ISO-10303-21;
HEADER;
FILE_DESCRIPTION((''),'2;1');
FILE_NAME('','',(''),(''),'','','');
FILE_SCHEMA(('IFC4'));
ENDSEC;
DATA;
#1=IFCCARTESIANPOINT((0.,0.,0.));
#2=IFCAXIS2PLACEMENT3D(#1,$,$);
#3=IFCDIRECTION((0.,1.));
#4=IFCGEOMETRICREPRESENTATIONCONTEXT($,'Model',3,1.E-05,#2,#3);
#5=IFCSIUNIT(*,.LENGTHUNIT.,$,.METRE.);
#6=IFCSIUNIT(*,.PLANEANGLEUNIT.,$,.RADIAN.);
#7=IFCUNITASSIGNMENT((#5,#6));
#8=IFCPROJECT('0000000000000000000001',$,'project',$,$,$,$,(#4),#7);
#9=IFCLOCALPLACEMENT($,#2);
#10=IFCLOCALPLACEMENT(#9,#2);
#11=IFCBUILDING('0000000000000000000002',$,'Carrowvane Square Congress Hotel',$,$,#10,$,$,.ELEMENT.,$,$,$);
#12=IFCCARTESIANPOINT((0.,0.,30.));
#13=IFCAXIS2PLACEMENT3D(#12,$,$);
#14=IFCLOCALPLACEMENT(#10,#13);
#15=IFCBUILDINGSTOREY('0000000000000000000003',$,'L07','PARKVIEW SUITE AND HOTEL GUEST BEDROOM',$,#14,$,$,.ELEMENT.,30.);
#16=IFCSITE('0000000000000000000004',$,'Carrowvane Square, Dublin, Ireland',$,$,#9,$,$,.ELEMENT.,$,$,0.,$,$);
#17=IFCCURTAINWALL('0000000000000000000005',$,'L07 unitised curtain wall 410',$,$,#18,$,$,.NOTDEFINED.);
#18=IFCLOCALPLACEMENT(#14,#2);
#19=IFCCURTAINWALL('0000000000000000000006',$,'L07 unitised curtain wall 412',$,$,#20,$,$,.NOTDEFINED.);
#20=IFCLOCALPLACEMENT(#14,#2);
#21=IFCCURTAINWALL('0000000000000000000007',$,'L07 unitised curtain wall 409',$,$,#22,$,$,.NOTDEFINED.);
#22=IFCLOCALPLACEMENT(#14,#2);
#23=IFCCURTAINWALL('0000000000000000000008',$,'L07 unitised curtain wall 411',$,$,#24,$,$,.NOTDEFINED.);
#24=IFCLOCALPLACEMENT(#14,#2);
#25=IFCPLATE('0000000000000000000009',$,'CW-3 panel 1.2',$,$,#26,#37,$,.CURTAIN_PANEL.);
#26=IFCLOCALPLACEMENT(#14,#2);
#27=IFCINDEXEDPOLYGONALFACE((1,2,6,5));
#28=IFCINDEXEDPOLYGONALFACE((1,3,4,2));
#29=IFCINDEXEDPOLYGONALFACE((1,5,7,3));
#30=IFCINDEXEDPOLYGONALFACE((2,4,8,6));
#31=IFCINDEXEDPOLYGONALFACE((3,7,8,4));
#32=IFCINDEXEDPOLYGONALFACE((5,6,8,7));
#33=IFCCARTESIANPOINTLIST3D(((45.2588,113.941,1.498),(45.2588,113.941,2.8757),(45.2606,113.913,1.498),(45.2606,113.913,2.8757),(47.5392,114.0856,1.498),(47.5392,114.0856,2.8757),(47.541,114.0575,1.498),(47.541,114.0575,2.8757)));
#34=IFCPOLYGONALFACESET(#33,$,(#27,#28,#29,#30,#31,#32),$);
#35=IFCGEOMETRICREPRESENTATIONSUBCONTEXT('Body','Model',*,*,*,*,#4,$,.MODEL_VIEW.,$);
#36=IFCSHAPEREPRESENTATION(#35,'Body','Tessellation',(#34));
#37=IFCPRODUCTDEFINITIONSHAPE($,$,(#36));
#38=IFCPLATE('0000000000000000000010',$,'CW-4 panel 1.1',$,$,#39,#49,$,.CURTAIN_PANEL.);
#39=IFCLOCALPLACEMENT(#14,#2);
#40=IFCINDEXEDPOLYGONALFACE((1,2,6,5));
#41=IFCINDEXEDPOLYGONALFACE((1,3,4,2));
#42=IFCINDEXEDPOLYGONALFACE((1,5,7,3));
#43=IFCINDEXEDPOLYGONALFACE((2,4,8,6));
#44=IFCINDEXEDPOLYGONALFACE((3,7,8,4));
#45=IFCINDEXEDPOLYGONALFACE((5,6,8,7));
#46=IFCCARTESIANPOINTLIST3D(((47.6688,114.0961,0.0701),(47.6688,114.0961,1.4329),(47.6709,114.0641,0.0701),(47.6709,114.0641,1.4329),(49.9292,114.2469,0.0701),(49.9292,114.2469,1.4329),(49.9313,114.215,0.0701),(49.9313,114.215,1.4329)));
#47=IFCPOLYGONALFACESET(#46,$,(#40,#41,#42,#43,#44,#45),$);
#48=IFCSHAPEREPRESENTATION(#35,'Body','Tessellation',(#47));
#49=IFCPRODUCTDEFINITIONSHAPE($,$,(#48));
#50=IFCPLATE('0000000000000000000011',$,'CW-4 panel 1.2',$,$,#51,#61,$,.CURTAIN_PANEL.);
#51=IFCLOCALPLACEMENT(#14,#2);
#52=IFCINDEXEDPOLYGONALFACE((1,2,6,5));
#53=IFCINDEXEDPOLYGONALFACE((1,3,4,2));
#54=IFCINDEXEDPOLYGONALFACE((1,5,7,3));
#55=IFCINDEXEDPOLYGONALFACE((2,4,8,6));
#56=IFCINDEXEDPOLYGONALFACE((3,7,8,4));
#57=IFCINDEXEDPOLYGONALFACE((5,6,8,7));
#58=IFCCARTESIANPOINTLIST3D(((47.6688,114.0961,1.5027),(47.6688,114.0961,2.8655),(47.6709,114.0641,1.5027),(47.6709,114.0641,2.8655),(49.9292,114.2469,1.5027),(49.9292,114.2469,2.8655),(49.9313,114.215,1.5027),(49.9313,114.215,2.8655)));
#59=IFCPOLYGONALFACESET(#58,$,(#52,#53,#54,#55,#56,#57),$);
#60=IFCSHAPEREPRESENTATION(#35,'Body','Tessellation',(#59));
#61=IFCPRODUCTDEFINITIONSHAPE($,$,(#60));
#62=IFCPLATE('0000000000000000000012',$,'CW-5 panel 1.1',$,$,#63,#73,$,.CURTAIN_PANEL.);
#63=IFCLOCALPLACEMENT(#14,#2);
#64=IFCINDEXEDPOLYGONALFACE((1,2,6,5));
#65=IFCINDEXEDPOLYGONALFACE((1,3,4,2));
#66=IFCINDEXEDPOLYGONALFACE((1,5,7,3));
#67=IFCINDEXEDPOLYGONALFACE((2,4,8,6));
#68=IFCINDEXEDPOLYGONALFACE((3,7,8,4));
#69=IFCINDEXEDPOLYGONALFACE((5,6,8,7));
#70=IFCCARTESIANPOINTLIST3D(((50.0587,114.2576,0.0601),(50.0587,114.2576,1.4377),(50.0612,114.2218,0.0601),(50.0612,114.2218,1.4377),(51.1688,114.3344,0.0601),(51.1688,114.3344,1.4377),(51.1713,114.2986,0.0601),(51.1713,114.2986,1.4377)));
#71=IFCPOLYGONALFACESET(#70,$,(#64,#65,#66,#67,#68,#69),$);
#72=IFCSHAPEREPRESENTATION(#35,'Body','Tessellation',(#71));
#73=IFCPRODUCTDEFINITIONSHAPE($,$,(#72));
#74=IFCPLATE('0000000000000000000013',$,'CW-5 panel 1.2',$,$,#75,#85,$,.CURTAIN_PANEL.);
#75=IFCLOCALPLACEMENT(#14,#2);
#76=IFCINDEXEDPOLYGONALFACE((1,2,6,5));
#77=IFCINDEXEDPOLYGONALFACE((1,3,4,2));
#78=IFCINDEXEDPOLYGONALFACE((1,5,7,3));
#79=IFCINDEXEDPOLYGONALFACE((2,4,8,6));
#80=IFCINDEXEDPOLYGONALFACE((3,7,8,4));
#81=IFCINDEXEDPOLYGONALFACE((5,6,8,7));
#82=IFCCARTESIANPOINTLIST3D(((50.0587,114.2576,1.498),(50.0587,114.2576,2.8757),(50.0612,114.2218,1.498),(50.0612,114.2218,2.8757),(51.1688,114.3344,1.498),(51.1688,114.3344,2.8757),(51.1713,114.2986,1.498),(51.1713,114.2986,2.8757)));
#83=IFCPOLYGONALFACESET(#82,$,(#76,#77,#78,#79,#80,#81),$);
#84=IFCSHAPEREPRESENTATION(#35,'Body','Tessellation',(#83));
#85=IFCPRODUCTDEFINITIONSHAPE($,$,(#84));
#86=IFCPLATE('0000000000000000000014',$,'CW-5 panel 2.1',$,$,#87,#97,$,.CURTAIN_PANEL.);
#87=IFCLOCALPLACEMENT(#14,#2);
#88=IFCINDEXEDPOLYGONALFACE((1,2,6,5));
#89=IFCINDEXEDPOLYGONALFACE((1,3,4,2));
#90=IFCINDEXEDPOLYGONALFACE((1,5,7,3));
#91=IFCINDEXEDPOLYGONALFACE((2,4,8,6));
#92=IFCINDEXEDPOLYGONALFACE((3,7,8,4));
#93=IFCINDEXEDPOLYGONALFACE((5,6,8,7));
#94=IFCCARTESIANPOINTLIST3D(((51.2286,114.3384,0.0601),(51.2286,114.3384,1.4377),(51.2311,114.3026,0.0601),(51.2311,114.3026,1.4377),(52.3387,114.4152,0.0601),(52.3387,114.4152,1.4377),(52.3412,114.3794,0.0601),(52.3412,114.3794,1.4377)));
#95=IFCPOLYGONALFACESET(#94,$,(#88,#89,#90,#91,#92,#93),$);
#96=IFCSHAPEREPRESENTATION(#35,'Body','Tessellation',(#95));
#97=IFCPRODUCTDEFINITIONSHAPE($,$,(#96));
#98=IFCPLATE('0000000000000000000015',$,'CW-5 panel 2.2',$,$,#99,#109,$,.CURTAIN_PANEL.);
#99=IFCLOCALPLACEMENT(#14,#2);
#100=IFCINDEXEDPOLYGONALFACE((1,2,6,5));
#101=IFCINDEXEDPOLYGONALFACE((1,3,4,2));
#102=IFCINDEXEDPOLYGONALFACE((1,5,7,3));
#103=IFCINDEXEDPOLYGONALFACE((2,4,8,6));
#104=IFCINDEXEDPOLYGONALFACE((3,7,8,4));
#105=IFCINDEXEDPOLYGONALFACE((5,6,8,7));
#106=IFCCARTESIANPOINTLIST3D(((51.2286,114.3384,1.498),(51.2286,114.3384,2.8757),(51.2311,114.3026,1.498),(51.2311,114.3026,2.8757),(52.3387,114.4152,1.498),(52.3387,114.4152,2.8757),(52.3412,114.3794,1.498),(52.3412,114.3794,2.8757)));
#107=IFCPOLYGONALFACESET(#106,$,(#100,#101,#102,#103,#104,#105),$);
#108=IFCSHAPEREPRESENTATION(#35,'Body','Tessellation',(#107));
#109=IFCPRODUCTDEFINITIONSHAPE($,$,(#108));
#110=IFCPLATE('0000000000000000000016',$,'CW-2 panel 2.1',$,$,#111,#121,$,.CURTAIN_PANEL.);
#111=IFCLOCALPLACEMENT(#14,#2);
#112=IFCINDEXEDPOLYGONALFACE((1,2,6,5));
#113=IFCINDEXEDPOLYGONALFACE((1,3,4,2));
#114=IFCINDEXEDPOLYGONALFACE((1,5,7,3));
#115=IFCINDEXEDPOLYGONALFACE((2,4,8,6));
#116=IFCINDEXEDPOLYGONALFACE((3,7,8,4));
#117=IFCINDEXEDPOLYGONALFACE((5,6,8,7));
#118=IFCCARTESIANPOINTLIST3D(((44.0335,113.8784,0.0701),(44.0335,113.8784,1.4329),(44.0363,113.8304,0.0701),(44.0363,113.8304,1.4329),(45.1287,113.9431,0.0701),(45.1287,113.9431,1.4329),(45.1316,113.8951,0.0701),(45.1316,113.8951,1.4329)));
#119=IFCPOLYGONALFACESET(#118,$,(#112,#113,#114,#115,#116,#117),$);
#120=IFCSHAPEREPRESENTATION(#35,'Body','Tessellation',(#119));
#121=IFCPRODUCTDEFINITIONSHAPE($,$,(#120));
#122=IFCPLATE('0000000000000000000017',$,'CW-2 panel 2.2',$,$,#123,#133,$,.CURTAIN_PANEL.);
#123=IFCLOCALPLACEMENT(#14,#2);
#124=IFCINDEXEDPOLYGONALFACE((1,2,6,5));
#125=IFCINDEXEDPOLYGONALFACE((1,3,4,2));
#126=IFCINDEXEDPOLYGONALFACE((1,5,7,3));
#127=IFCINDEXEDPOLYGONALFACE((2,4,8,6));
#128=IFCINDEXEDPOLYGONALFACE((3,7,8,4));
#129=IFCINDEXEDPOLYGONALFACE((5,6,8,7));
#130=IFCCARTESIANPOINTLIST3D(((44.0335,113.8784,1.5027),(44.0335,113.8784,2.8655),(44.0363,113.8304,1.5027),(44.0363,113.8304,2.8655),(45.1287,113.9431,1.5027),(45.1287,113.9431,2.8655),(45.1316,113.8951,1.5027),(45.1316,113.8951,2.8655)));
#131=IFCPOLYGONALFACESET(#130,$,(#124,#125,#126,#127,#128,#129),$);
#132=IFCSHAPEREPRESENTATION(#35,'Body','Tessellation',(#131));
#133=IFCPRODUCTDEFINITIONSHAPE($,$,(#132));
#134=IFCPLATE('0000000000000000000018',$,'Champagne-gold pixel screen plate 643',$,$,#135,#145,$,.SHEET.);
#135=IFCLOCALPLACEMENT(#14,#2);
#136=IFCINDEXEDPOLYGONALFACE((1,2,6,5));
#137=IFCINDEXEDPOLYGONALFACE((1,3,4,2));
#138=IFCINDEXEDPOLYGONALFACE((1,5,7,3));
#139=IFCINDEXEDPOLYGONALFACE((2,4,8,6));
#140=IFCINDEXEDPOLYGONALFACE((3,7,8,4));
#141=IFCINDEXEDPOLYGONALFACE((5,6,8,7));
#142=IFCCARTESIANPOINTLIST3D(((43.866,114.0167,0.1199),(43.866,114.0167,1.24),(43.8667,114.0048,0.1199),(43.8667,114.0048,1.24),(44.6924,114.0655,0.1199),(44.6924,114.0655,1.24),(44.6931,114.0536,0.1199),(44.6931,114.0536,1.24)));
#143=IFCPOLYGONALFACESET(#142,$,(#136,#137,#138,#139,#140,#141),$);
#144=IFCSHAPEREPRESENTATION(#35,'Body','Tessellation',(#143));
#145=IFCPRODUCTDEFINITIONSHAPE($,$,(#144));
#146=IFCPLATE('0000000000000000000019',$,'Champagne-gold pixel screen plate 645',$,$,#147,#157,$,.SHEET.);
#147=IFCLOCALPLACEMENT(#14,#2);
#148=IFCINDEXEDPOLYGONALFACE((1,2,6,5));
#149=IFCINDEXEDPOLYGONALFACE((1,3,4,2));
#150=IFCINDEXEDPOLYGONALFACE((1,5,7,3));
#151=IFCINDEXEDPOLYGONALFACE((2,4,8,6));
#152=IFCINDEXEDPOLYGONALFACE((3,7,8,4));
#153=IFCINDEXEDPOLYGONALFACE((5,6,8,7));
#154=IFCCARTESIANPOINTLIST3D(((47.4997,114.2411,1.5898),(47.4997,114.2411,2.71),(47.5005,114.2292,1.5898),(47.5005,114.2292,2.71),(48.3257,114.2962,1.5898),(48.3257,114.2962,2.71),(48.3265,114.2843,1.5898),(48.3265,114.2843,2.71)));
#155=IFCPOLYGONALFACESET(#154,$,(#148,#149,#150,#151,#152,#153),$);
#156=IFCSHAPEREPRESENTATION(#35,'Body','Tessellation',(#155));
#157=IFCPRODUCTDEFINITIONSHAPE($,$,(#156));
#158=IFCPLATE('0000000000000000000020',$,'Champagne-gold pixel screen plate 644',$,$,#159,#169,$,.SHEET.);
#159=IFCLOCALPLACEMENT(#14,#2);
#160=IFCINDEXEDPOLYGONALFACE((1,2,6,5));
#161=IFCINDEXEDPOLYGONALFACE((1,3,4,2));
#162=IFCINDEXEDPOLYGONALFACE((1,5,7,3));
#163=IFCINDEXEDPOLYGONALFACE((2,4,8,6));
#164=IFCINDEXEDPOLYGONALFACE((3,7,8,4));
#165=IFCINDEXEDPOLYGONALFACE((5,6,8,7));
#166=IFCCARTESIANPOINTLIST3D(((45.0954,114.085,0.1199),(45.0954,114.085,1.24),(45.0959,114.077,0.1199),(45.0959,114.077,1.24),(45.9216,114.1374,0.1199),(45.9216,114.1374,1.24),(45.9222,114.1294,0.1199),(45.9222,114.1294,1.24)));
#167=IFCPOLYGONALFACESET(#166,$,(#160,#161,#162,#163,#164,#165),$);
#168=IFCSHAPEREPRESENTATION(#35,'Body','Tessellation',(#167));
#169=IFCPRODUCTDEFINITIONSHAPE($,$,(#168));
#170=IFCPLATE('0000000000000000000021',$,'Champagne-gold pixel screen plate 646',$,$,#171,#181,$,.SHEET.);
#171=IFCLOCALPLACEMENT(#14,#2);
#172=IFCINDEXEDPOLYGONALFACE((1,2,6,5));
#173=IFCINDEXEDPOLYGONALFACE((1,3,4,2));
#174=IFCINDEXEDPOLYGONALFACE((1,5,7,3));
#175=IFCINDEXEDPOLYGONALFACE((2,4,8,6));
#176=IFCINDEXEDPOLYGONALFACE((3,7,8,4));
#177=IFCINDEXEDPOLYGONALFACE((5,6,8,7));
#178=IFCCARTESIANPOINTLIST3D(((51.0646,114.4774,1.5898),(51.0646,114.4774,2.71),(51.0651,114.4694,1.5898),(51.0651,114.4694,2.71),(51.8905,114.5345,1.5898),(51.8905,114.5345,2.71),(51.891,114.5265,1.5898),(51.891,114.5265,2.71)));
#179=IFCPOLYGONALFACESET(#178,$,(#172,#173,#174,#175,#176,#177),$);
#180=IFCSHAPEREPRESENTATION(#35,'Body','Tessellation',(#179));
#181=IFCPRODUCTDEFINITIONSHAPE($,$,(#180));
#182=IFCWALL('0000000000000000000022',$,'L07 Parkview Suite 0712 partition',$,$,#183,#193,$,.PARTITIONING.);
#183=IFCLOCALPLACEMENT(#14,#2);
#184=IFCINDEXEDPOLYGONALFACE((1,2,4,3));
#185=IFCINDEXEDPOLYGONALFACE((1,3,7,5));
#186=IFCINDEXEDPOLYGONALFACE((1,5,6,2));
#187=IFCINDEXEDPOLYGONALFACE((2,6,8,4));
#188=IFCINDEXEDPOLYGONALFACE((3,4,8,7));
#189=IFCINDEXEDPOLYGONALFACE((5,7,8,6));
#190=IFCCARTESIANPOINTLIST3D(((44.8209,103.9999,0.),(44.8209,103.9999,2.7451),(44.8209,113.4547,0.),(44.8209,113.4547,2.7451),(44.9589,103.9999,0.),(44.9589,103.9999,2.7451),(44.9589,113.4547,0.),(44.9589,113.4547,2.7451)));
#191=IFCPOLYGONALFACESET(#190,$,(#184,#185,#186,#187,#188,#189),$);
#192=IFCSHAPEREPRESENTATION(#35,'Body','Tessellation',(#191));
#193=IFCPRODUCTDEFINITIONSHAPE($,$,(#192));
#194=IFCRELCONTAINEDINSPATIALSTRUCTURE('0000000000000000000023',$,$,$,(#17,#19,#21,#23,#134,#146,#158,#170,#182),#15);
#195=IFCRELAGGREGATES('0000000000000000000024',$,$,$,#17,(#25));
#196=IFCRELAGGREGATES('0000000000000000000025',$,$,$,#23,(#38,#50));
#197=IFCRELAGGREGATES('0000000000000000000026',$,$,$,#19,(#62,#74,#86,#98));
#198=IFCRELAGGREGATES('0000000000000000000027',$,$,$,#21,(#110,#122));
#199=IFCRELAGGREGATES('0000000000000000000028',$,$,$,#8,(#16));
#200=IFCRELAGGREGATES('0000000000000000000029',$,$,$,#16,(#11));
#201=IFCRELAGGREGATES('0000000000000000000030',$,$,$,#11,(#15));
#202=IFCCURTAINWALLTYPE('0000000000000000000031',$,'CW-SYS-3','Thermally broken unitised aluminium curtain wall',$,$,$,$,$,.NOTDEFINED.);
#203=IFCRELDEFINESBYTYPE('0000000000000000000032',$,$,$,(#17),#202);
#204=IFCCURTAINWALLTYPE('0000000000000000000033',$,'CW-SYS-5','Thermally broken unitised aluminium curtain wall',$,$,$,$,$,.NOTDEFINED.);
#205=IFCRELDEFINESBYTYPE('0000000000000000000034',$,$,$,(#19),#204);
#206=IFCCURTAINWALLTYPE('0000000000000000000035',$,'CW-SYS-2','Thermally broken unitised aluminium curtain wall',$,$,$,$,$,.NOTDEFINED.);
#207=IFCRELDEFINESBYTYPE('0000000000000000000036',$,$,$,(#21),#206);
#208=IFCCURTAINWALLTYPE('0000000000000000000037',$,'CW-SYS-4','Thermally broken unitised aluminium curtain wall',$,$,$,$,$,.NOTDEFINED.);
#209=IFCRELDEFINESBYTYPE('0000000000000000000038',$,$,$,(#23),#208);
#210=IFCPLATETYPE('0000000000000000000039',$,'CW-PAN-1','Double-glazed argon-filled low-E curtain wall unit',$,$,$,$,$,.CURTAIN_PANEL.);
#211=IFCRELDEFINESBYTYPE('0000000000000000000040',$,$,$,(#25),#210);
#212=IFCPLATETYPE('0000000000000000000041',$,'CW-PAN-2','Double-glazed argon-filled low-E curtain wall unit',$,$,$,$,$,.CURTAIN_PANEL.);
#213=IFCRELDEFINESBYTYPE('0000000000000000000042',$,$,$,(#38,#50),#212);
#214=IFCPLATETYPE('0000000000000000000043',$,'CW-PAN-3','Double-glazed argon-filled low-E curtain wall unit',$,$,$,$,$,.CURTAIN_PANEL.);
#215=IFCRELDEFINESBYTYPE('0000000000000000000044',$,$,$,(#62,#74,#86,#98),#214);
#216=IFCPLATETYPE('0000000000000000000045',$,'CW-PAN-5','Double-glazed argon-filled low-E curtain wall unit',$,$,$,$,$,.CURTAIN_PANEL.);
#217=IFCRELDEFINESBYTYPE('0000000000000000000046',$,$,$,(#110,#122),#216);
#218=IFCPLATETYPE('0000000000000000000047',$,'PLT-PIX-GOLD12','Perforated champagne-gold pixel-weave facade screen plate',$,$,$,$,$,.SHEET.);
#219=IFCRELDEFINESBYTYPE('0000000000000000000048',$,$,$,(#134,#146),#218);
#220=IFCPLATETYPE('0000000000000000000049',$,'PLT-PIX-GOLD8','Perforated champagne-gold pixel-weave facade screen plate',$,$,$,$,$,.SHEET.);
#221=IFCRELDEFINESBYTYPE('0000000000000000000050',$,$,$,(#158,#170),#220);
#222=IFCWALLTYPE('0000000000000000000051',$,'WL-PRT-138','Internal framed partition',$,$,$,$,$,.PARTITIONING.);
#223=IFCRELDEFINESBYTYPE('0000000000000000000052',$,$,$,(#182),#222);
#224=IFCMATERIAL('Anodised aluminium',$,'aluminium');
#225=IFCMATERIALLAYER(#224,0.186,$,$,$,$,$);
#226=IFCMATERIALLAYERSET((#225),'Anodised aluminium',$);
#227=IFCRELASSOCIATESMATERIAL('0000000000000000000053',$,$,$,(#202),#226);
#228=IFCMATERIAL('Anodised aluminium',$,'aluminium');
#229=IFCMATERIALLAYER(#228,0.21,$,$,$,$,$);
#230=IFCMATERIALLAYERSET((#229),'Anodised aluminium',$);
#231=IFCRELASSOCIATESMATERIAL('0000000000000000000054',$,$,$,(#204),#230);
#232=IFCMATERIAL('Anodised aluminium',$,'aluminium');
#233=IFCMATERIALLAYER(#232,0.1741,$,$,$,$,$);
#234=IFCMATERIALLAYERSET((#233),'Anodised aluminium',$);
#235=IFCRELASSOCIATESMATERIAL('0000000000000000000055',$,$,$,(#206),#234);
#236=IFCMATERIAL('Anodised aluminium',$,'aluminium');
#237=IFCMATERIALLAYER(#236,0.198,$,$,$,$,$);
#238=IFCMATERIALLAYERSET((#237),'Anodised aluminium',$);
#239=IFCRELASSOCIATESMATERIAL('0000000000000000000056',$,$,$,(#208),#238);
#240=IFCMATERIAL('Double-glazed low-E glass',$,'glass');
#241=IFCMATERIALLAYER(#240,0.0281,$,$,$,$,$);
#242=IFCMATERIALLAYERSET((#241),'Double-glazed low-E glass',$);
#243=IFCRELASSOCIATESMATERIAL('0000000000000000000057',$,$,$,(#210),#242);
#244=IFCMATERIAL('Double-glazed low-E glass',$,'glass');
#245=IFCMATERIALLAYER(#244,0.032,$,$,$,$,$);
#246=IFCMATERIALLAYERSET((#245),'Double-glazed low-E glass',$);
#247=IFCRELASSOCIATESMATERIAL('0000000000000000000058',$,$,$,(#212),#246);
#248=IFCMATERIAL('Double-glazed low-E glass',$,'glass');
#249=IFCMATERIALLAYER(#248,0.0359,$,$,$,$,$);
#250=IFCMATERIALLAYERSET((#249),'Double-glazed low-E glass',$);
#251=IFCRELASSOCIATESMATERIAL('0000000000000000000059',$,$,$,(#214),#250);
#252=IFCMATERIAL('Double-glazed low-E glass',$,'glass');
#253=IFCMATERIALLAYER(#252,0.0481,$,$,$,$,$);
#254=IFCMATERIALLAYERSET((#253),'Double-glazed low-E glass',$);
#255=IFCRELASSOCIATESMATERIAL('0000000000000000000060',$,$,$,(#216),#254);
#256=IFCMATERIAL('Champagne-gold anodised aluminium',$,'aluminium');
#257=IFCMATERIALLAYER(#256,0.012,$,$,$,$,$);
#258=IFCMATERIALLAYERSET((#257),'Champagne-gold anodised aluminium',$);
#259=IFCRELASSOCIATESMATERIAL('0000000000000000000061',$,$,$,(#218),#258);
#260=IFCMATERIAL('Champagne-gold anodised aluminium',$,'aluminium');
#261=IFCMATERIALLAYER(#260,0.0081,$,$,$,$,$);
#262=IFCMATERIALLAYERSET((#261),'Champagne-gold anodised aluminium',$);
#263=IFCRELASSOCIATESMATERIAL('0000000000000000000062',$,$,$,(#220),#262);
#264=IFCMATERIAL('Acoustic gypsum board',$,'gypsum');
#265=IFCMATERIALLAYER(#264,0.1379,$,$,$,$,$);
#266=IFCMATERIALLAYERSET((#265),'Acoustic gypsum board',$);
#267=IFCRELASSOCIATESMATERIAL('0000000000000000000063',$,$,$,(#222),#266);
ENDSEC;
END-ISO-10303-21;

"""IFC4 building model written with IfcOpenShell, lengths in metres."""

from ifc_helpers import new_model, si_unit, direction, frame, frame_2d, origin, origin_2d, place, context, subcontext, project, spatial, rectangle, extrude, material, layer, layer_set, type_object, element, aggregate, save


model = new_model("IFC4")

# Units and contexts
model_context = context("Model", 3, precision=1e-05, world=origin(), true_north=direction((0.0, 1.0)))
body_context = subcontext(model_context, "Body", "Model", "MODEL_VIEW")
ifc_project = project(units=[si_unit("LENGTHUNIT", "METRE"), si_unit("PLANEANGLEUNIT", "RADIAN")], contexts=[model_context])

# Site, building, storey
site_placement = place(None, origin())
site = spatial("IfcSite", under=ifc_project, at=site_placement, Name="Carrowvane Square, Dublin, Ireland", CompositionType="ELEMENT", RefElevation=0.0)
building_placement = place(site_placement, origin())
building = spatial("IfcBuilding", under=site, at=building_placement, Name="Carrowvane Square Congress Hotel", CompositionType="ELEMENT")
storey_placement = place(building_placement, frame((0.0, 0.0, 30.0)))
storey = spatial("IfcBuildingStorey", under=building, at=storey_placement, Name="L07", Description="PARKVIEW SUITE AND HOTEL GUEST BEDROOM", CompositionType="ELEMENT", Elevation=30.0)

# Curtain walls
ifc_material_1 = material(Name="Anodised aluminium", Category="aluminium")
ifc_layer_1 = layer(ifc_material_1, 0.186)
ifc_layer_set_1 = layer_set([ifc_layer_1], Name="Anodised aluminium")
curtain_wall_type_1 = type_object("IfcCurtainWallType", Name="CW-SYS-3", Description="Thermally broken unitised aluminium curtain wall", PredefinedType="NOTDEFINED", material=ifc_layer_set_1)
curtain_wall_1_placement = place(storey_placement, origin())
curtain_wall_1 = element("IfcCurtainWall", 1, at=curtain_wall_1_placement, inside=storey, type_object=curtain_wall_type_1, Name="L07 unitised curtain wall 410", PredefinedType="NOTDEFINED")
ifc_material_2 = material(Name="Anodised aluminium", Category="aluminium")
ifc_layer_2 = layer(ifc_material_2, 0.21)
ifc_layer_set_2 = layer_set([ifc_layer_2], Name="Anodised aluminium")
curtain_wall_type_2 = type_object("IfcCurtainWallType", Name="CW-SYS-5", Description="Thermally broken unitised aluminium curtain wall", PredefinedType="NOTDEFINED", material=ifc_layer_set_2)
curtain_wall_2_placement = place(storey_placement, origin())
curtain_wall_2 = element("IfcCurtainWall", 2, at=curtain_wall_2_placement, inside=storey, type_object=curtain_wall_type_2, Name="L07 unitised curtain wall 412", PredefinedType="NOTDEFINED")

# Curtain wall
ifc_material_3 = material(Name="Anodised aluminium", Category="aluminium")
ifc_layer_3 = layer(ifc_material_3, 0.1741)
ifc_layer_set_3 = layer_set([ifc_layer_3], Name="Anodised aluminium")
curtain_wall_type_3 = type_object("IfcCurtainWallType", Name="CW-SYS-2", Description="Thermally broken unitised aluminium curtain wall", PredefinedType="NOTDEFINED", material=ifc_layer_set_3)
curtain_wall_3_placement = place(storey_placement, origin())
curtain_wall_3 = element("IfcCurtainWall", 3, at=curtain_wall_3_placement, inside=storey, type_object=curtain_wall_type_3, Name="L07 unitised curtain wall 409", PredefinedType="NOTDEFINED")

# Curtain wall
ifc_material_4 = material(Name="Anodised aluminium", Category="aluminium")
ifc_layer_4 = layer(ifc_material_4, 0.198)
ifc_layer_set_4 = layer_set([ifc_layer_4], Name="Anodised aluminium")
curtain_wall_type_4 = type_object("IfcCurtainWallType", Name="CW-SYS-4", Description="Thermally broken unitised aluminium curtain wall", PredefinedType="NOTDEFINED", material=ifc_layer_set_4)
curtain_wall_4_placement = place(storey_placement, origin())
curtain_wall_4 = element("IfcCurtainWall", 4, at=curtain_wall_4_placement, inside=storey, type_object=curtain_wall_type_4, Name="L07 unitised curtain wall 411", PredefinedType="NOTDEFINED")

# Plates
ifc_material_5 = material(Name="Double-glazed low-E glass", Category="glass")
ifc_layer_5 = layer(ifc_material_5, 0.0281)
ifc_layer_set_5 = layer_set([ifc_layer_5], Name="Double-glazed low-E glass")
plate_type_1 = type_object("IfcPlateType", Name="CW-PAN-1", Description="Double-glazed argon-filled low-E curtain wall unit", PredefinedType="CURTAIN_PANEL", material=ifc_layer_set_5)
plate_1_placement = place(storey_placement, frame((46.3999, 113.9993, 1.498), z_axis=(0.0, 0.0, 1.0), x_axis=(0.997996, 0.063273, 0.0)))
plate_1 = element("IfcPlate", 5, at=plate_1_placement, type_object=plate_type_1, Name="CW-3 panel 1.2", PredefinedType="CURTAIN_PANEL", context=body_context, shape_type="SweptSolid", body=[
    extrude(rectangle(XDim=2.2849, YDim=0.0281, at=origin_2d()), origin(), (0.0, 0.0, 1.0), 1.3777),
])
aggregate(curtain_wall_1, [plate_1])
ifc_material_6 = material(Name="Double-glazed low-E glass", Category="glass")
ifc_layer_6 = layer(ifc_material_6, 0.032)
ifc_layer_set_6 = layer_set([ifc_layer_6], Name="Double-glazed low-E glass")
plate_type_2 = type_object("IfcPlateType", Name="CW-PAN-2", Description="Double-glazed argon-filled low-E curtain wall unit", PredefinedType="CURTAIN_PANEL", material=ifc_layer_set_6)
plate_2_placement = place(storey_placement, frame((48.8, 114.1555, 0.0701), z_axis=(0.0, 0.0, 1.0), x_axis=(0.997781, 0.066578, 0.0)))
plate_2 = element("IfcPlate", 6, at=plate_2_placement, type_object=plate_type_2, Name="CW-4 panel 1.1", PredefinedType="CURTAIN_PANEL", context=body_context, shape_type="SweptSolid", body=[
    extrude(rectangle(XDim=2.2654, YDim=0.032, at=origin_2d()), origin(), (0.0, 0.0, 1.0), 1.3628),
])
plate_3_placement = place(storey_placement, frame((48.8, 114.1555, 1.5027), z_axis=(0.0, 0.0, 1.0), x_axis=(0.997781, 0.066578, 0.0)))
plate_3 = element("IfcPlate", 7, at=plate_3_placement, type_object=plate_type_2, Name="CW-4 panel 1.2", PredefinedType="CURTAIN_PANEL", context=body_context, shape_type="SweptSolid", body=[
    extrude(rectangle(XDim=2.2654, YDim=0.032, at=origin_2d()), origin(), (0.0, 0.0, 1.0), 1.3628),
])
aggregate(curtain_wall_4, [plate_2, plate_3])
ifc_material_7 = material(Name="Double-glazed low-E glass", Category="glass")
ifc_layer_7 = layer(ifc_material_7, 0.0359)
ifc_layer_set_7 = layer_set([ifc_layer_7], Name="Double-glazed low-E glass")
plate_type_3 = type_object("IfcPlateType", Name="CW-PAN-3", Description="Double-glazed argon-filled low-E curtain wall unit", PredefinedType="CURTAIN_PANEL", material=ifc_layer_set_7)
plate_4_placement = place(storey_placement, frame((50.615, 114.2781, 0.0601), z_axis=(0.0, 0.0, 1.0), x_axis=(0.997618, 0.068986, 0.0)))
plate_4 = element("IfcPlate", 8, at=plate_4_placement, type_object=plate_type_3, Name="CW-5 panel 1.1", PredefinedType="CURTAIN_PANEL", context=body_context, shape_type="SweptSolid", body=[
    extrude(rectangle(XDim=1.1128, YDim=0.0359, at=origin_2d()), origin(), (0.0, 0.0, 1.0), 1.3777),
])
plate_5_placement = place(storey_placement, frame((50.615, 114.2781, 1.498), z_axis=(0.0, 0.0, 1.0), x_axis=(0.997618, 0.068986, 0.0)))
plate_5 = element("IfcPlate", 9, at=plate_5_placement, type_object=plate_type_3, Name="CW-5 panel 1.2", PredefinedType="CURTAIN_PANEL", context=body_context, shape_type="SweptSolid", body=[
    extrude(rectangle(XDim=1.1128, YDim=0.0359, at=origin_2d()), origin(), (0.0, 0.0, 1.0), 1.3777),
])
plate_6_placement = place(storey_placement, frame((51.7849, 114.3589, 0.0601), z_axis=(0.0, 0.0, 1.0), x_axis=(0.997618, 0.068986, 0.0)))
plate_6 = element("IfcPlate", 10, at=plate_6_placement, type_object=plate_type_3, Name="CW-5 panel 2.1", PredefinedType="CURTAIN_PANEL", context=body_context, shape_type="SweptSolid", body=[
    extrude(rectangle(XDim=1.1128, YDim=0.0359, at=origin_2d()), origin(), (0.0, 0.0, 1.0), 1.3777),
])
plate_7_placement = place(storey_placement, frame((51.7849, 114.3589, 1.498), z_axis=(0.0, 0.0, 1.0), x_axis=(0.997618, 0.068986, 0.0)))
plate_7 = element("IfcPlate", 11, at=plate_7_placement, type_object=plate_type_3, Name="CW-5 panel 2.2", PredefinedType="CURTAIN_PANEL", context=body_context, shape_type="SweptSolid", body=[
    extrude(rectangle(XDim=1.1128, YDim=0.0359, at=origin_2d()), origin(), (0.0, 0.0, 1.0), 1.3777),
])
aggregate(curtain_wall_2, [plate_4, plate_5, plate_6, plate_7])
ifc_material_8 = material(Name="Double-glazed low-E glass", Category="glass")
ifc_layer_8 = layer(ifc_material_8, 0.0481)
ifc_layer_set_8 = layer_set([ifc_layer_8], Name="Double-glazed low-E glass")
plate_type_4 = type_object("IfcPlateType", Name="CW-PAN-5", Description="Double-glazed argon-filled low-E curtain wall unit", PredefinedType="CURTAIN_PANEL", material=ifc_layer_set_8)
plate_8_placement = place(storey_placement, frame((44.5825, 113.8867, 0.0701), z_axis=(0.0, 0.0, 1.0), x_axis=(0.998259, 0.058989, 0.0)))
plate_8 = element("IfcPlate", 12, at=plate_8_placement, type_object=plate_type_4, Name="CW-2 panel 2.1", PredefinedType="CURTAIN_PANEL", context=body_context, shape_type="SweptSolid", body=[
    extrude(rectangle(XDim=1.0972, YDim=0.0481, at=origin_2d()), origin(), (0.0, 0.0, 1.0), 1.3628),
])
plate_9_placement = place(storey_placement, frame((44.5825, 113.8867, 1.5027), z_axis=(0.0, 0.0, 1.0), x_axis=(0.998259, 0.058989, 0.0)))
plate_9 = element("IfcPlate", 13, at=plate_9_placement, type_object=plate_type_4, Name="CW-2 panel 2.2", PredefinedType="CURTAIN_PANEL", context=body_context, shape_type="SweptSolid", body=[
    extrude(rectangle(XDim=1.0972, YDim=0.0481, at=origin_2d()), origin(), (0.0, 0.0, 1.0), 1.3628),
])
aggregate(curtain_wall_3, [plate_8, plate_9])

# Plates
ifc_material_9 = material(Name="Champagne-gold anodised aluminium", Category="aluminium")
ifc_layer_9 = layer(ifc_material_9, 0.012)
ifc_layer_set_9 = layer_set([ifc_layer_9], Name="Champagne-gold anodised aluminium")
plate_type_5 = type_object("IfcPlateType", Name="PLT-PIX-GOLD12", Description="Perforated champagne-gold pixel-weave facade screen plate", PredefinedType="SHEET", material=ifc_layer_set_9)
for number, where, z_axis, x_axis, name in (
    (14, (44.2795, 114.0352, 0.1199), (0.0, 0.0, 1.0), (0.998259, 0.058985, 0.0), "Champagne-gold pixel screen plate 643"),
    (15, (47.9131, 114.2627, 1.5898), (0.0, 0.0, 1.0), (0.997781, 0.066574, 0.0), "Champagne-gold pixel screen plate 645"),
):
    element("IfcPlate", number, at=place(storey_placement, frame(where, z_axis=z_axis, x_axis=x_axis)), inside=storey, type_object=plate_type_5, Name=name, PredefinedType="SHEET", context=body_context, shape_type="SweptSolid", body=[
        extrude(rectangle(XDim=0.8279, YDim=0.012, at=origin_2d()), origin(), (0.0, 0.0, 1.0), 1.1201),
    ])
ifc_material_10 = material(Name="Champagne-gold anodised aluminium", Category="aluminium")
ifc_layer_10 = layer(ifc_material_10, 0.0081)
ifc_layer_set_10 = layer_set([ifc_layer_10], Name="Champagne-gold anodised aluminium")
plate_type_6 = type_object("IfcPlateType", Name="PLT-PIX-GOLD8", Description="Perforated champagne-gold pixel-weave facade screen plate", PredefinedType="SHEET", material=ifc_layer_set_10)
for number, where, z_axis, x_axis, name in (
    (16, (45.5088, 114.1072, 0.1199), (0.0, 0.0, 1.0), (0.997996, 0.063277, 0.0), "Champagne-gold pixel screen plate 644"),
    (17, (51.4778, 114.502, 1.5898), (0.0, 0.0, 1.0), (0.997618, 0.068987, 0.0), "Champagne-gold pixel screen plate 646"),
):
    element("IfcPlate", number, at=place(storey_placement, frame(where, z_axis=z_axis, x_axis=x_axis)), inside=storey, type_object=plate_type_6, Name=name, PredefinedType="SHEET", context=body_context, shape_type="SweptSolid", body=[
        extrude(rectangle(XDim=0.8279, YDim=0.0081, at=origin_2d()), origin(), (0.0, 0.0, 1.0), 1.1201),
    ])

# Wall
ifc_material_11 = material(Name="Acoustic gypsum board", Category="gypsum")
ifc_layer_11 = layer(ifc_material_11, 0.1379)
ifc_layer_set_11 = layer_set([ifc_layer_11], Name="Acoustic gypsum board")
wall_type = type_object("IfcWallType", Name="WL-PRT-138", Description="Internal framed partition", PredefinedType="PARTITIONING", material=ifc_layer_set_11)
wall_placement = place(storey_placement, frame((44.8899, 113.4548, 0.0), z_axis=(0.0, 0.0, 1.0), x_axis=(0.0, -1.0, 0.0)))
element("IfcWall", 18, at=wall_placement, inside=storey, type_object=wall_type, Name="L07 Parkview Suite 0712 partition", PredefinedType="PARTITIONING", context=body_context, shape_type="SweptSolid", body=[
    extrude(rectangle(XDim=9.4548, YDim=0.1379, at=frame_2d((4.7275, 0.0))), origin(), (0.0, 0.0, 1.0), 2.7451),
])

save(model, "model.ifc")
